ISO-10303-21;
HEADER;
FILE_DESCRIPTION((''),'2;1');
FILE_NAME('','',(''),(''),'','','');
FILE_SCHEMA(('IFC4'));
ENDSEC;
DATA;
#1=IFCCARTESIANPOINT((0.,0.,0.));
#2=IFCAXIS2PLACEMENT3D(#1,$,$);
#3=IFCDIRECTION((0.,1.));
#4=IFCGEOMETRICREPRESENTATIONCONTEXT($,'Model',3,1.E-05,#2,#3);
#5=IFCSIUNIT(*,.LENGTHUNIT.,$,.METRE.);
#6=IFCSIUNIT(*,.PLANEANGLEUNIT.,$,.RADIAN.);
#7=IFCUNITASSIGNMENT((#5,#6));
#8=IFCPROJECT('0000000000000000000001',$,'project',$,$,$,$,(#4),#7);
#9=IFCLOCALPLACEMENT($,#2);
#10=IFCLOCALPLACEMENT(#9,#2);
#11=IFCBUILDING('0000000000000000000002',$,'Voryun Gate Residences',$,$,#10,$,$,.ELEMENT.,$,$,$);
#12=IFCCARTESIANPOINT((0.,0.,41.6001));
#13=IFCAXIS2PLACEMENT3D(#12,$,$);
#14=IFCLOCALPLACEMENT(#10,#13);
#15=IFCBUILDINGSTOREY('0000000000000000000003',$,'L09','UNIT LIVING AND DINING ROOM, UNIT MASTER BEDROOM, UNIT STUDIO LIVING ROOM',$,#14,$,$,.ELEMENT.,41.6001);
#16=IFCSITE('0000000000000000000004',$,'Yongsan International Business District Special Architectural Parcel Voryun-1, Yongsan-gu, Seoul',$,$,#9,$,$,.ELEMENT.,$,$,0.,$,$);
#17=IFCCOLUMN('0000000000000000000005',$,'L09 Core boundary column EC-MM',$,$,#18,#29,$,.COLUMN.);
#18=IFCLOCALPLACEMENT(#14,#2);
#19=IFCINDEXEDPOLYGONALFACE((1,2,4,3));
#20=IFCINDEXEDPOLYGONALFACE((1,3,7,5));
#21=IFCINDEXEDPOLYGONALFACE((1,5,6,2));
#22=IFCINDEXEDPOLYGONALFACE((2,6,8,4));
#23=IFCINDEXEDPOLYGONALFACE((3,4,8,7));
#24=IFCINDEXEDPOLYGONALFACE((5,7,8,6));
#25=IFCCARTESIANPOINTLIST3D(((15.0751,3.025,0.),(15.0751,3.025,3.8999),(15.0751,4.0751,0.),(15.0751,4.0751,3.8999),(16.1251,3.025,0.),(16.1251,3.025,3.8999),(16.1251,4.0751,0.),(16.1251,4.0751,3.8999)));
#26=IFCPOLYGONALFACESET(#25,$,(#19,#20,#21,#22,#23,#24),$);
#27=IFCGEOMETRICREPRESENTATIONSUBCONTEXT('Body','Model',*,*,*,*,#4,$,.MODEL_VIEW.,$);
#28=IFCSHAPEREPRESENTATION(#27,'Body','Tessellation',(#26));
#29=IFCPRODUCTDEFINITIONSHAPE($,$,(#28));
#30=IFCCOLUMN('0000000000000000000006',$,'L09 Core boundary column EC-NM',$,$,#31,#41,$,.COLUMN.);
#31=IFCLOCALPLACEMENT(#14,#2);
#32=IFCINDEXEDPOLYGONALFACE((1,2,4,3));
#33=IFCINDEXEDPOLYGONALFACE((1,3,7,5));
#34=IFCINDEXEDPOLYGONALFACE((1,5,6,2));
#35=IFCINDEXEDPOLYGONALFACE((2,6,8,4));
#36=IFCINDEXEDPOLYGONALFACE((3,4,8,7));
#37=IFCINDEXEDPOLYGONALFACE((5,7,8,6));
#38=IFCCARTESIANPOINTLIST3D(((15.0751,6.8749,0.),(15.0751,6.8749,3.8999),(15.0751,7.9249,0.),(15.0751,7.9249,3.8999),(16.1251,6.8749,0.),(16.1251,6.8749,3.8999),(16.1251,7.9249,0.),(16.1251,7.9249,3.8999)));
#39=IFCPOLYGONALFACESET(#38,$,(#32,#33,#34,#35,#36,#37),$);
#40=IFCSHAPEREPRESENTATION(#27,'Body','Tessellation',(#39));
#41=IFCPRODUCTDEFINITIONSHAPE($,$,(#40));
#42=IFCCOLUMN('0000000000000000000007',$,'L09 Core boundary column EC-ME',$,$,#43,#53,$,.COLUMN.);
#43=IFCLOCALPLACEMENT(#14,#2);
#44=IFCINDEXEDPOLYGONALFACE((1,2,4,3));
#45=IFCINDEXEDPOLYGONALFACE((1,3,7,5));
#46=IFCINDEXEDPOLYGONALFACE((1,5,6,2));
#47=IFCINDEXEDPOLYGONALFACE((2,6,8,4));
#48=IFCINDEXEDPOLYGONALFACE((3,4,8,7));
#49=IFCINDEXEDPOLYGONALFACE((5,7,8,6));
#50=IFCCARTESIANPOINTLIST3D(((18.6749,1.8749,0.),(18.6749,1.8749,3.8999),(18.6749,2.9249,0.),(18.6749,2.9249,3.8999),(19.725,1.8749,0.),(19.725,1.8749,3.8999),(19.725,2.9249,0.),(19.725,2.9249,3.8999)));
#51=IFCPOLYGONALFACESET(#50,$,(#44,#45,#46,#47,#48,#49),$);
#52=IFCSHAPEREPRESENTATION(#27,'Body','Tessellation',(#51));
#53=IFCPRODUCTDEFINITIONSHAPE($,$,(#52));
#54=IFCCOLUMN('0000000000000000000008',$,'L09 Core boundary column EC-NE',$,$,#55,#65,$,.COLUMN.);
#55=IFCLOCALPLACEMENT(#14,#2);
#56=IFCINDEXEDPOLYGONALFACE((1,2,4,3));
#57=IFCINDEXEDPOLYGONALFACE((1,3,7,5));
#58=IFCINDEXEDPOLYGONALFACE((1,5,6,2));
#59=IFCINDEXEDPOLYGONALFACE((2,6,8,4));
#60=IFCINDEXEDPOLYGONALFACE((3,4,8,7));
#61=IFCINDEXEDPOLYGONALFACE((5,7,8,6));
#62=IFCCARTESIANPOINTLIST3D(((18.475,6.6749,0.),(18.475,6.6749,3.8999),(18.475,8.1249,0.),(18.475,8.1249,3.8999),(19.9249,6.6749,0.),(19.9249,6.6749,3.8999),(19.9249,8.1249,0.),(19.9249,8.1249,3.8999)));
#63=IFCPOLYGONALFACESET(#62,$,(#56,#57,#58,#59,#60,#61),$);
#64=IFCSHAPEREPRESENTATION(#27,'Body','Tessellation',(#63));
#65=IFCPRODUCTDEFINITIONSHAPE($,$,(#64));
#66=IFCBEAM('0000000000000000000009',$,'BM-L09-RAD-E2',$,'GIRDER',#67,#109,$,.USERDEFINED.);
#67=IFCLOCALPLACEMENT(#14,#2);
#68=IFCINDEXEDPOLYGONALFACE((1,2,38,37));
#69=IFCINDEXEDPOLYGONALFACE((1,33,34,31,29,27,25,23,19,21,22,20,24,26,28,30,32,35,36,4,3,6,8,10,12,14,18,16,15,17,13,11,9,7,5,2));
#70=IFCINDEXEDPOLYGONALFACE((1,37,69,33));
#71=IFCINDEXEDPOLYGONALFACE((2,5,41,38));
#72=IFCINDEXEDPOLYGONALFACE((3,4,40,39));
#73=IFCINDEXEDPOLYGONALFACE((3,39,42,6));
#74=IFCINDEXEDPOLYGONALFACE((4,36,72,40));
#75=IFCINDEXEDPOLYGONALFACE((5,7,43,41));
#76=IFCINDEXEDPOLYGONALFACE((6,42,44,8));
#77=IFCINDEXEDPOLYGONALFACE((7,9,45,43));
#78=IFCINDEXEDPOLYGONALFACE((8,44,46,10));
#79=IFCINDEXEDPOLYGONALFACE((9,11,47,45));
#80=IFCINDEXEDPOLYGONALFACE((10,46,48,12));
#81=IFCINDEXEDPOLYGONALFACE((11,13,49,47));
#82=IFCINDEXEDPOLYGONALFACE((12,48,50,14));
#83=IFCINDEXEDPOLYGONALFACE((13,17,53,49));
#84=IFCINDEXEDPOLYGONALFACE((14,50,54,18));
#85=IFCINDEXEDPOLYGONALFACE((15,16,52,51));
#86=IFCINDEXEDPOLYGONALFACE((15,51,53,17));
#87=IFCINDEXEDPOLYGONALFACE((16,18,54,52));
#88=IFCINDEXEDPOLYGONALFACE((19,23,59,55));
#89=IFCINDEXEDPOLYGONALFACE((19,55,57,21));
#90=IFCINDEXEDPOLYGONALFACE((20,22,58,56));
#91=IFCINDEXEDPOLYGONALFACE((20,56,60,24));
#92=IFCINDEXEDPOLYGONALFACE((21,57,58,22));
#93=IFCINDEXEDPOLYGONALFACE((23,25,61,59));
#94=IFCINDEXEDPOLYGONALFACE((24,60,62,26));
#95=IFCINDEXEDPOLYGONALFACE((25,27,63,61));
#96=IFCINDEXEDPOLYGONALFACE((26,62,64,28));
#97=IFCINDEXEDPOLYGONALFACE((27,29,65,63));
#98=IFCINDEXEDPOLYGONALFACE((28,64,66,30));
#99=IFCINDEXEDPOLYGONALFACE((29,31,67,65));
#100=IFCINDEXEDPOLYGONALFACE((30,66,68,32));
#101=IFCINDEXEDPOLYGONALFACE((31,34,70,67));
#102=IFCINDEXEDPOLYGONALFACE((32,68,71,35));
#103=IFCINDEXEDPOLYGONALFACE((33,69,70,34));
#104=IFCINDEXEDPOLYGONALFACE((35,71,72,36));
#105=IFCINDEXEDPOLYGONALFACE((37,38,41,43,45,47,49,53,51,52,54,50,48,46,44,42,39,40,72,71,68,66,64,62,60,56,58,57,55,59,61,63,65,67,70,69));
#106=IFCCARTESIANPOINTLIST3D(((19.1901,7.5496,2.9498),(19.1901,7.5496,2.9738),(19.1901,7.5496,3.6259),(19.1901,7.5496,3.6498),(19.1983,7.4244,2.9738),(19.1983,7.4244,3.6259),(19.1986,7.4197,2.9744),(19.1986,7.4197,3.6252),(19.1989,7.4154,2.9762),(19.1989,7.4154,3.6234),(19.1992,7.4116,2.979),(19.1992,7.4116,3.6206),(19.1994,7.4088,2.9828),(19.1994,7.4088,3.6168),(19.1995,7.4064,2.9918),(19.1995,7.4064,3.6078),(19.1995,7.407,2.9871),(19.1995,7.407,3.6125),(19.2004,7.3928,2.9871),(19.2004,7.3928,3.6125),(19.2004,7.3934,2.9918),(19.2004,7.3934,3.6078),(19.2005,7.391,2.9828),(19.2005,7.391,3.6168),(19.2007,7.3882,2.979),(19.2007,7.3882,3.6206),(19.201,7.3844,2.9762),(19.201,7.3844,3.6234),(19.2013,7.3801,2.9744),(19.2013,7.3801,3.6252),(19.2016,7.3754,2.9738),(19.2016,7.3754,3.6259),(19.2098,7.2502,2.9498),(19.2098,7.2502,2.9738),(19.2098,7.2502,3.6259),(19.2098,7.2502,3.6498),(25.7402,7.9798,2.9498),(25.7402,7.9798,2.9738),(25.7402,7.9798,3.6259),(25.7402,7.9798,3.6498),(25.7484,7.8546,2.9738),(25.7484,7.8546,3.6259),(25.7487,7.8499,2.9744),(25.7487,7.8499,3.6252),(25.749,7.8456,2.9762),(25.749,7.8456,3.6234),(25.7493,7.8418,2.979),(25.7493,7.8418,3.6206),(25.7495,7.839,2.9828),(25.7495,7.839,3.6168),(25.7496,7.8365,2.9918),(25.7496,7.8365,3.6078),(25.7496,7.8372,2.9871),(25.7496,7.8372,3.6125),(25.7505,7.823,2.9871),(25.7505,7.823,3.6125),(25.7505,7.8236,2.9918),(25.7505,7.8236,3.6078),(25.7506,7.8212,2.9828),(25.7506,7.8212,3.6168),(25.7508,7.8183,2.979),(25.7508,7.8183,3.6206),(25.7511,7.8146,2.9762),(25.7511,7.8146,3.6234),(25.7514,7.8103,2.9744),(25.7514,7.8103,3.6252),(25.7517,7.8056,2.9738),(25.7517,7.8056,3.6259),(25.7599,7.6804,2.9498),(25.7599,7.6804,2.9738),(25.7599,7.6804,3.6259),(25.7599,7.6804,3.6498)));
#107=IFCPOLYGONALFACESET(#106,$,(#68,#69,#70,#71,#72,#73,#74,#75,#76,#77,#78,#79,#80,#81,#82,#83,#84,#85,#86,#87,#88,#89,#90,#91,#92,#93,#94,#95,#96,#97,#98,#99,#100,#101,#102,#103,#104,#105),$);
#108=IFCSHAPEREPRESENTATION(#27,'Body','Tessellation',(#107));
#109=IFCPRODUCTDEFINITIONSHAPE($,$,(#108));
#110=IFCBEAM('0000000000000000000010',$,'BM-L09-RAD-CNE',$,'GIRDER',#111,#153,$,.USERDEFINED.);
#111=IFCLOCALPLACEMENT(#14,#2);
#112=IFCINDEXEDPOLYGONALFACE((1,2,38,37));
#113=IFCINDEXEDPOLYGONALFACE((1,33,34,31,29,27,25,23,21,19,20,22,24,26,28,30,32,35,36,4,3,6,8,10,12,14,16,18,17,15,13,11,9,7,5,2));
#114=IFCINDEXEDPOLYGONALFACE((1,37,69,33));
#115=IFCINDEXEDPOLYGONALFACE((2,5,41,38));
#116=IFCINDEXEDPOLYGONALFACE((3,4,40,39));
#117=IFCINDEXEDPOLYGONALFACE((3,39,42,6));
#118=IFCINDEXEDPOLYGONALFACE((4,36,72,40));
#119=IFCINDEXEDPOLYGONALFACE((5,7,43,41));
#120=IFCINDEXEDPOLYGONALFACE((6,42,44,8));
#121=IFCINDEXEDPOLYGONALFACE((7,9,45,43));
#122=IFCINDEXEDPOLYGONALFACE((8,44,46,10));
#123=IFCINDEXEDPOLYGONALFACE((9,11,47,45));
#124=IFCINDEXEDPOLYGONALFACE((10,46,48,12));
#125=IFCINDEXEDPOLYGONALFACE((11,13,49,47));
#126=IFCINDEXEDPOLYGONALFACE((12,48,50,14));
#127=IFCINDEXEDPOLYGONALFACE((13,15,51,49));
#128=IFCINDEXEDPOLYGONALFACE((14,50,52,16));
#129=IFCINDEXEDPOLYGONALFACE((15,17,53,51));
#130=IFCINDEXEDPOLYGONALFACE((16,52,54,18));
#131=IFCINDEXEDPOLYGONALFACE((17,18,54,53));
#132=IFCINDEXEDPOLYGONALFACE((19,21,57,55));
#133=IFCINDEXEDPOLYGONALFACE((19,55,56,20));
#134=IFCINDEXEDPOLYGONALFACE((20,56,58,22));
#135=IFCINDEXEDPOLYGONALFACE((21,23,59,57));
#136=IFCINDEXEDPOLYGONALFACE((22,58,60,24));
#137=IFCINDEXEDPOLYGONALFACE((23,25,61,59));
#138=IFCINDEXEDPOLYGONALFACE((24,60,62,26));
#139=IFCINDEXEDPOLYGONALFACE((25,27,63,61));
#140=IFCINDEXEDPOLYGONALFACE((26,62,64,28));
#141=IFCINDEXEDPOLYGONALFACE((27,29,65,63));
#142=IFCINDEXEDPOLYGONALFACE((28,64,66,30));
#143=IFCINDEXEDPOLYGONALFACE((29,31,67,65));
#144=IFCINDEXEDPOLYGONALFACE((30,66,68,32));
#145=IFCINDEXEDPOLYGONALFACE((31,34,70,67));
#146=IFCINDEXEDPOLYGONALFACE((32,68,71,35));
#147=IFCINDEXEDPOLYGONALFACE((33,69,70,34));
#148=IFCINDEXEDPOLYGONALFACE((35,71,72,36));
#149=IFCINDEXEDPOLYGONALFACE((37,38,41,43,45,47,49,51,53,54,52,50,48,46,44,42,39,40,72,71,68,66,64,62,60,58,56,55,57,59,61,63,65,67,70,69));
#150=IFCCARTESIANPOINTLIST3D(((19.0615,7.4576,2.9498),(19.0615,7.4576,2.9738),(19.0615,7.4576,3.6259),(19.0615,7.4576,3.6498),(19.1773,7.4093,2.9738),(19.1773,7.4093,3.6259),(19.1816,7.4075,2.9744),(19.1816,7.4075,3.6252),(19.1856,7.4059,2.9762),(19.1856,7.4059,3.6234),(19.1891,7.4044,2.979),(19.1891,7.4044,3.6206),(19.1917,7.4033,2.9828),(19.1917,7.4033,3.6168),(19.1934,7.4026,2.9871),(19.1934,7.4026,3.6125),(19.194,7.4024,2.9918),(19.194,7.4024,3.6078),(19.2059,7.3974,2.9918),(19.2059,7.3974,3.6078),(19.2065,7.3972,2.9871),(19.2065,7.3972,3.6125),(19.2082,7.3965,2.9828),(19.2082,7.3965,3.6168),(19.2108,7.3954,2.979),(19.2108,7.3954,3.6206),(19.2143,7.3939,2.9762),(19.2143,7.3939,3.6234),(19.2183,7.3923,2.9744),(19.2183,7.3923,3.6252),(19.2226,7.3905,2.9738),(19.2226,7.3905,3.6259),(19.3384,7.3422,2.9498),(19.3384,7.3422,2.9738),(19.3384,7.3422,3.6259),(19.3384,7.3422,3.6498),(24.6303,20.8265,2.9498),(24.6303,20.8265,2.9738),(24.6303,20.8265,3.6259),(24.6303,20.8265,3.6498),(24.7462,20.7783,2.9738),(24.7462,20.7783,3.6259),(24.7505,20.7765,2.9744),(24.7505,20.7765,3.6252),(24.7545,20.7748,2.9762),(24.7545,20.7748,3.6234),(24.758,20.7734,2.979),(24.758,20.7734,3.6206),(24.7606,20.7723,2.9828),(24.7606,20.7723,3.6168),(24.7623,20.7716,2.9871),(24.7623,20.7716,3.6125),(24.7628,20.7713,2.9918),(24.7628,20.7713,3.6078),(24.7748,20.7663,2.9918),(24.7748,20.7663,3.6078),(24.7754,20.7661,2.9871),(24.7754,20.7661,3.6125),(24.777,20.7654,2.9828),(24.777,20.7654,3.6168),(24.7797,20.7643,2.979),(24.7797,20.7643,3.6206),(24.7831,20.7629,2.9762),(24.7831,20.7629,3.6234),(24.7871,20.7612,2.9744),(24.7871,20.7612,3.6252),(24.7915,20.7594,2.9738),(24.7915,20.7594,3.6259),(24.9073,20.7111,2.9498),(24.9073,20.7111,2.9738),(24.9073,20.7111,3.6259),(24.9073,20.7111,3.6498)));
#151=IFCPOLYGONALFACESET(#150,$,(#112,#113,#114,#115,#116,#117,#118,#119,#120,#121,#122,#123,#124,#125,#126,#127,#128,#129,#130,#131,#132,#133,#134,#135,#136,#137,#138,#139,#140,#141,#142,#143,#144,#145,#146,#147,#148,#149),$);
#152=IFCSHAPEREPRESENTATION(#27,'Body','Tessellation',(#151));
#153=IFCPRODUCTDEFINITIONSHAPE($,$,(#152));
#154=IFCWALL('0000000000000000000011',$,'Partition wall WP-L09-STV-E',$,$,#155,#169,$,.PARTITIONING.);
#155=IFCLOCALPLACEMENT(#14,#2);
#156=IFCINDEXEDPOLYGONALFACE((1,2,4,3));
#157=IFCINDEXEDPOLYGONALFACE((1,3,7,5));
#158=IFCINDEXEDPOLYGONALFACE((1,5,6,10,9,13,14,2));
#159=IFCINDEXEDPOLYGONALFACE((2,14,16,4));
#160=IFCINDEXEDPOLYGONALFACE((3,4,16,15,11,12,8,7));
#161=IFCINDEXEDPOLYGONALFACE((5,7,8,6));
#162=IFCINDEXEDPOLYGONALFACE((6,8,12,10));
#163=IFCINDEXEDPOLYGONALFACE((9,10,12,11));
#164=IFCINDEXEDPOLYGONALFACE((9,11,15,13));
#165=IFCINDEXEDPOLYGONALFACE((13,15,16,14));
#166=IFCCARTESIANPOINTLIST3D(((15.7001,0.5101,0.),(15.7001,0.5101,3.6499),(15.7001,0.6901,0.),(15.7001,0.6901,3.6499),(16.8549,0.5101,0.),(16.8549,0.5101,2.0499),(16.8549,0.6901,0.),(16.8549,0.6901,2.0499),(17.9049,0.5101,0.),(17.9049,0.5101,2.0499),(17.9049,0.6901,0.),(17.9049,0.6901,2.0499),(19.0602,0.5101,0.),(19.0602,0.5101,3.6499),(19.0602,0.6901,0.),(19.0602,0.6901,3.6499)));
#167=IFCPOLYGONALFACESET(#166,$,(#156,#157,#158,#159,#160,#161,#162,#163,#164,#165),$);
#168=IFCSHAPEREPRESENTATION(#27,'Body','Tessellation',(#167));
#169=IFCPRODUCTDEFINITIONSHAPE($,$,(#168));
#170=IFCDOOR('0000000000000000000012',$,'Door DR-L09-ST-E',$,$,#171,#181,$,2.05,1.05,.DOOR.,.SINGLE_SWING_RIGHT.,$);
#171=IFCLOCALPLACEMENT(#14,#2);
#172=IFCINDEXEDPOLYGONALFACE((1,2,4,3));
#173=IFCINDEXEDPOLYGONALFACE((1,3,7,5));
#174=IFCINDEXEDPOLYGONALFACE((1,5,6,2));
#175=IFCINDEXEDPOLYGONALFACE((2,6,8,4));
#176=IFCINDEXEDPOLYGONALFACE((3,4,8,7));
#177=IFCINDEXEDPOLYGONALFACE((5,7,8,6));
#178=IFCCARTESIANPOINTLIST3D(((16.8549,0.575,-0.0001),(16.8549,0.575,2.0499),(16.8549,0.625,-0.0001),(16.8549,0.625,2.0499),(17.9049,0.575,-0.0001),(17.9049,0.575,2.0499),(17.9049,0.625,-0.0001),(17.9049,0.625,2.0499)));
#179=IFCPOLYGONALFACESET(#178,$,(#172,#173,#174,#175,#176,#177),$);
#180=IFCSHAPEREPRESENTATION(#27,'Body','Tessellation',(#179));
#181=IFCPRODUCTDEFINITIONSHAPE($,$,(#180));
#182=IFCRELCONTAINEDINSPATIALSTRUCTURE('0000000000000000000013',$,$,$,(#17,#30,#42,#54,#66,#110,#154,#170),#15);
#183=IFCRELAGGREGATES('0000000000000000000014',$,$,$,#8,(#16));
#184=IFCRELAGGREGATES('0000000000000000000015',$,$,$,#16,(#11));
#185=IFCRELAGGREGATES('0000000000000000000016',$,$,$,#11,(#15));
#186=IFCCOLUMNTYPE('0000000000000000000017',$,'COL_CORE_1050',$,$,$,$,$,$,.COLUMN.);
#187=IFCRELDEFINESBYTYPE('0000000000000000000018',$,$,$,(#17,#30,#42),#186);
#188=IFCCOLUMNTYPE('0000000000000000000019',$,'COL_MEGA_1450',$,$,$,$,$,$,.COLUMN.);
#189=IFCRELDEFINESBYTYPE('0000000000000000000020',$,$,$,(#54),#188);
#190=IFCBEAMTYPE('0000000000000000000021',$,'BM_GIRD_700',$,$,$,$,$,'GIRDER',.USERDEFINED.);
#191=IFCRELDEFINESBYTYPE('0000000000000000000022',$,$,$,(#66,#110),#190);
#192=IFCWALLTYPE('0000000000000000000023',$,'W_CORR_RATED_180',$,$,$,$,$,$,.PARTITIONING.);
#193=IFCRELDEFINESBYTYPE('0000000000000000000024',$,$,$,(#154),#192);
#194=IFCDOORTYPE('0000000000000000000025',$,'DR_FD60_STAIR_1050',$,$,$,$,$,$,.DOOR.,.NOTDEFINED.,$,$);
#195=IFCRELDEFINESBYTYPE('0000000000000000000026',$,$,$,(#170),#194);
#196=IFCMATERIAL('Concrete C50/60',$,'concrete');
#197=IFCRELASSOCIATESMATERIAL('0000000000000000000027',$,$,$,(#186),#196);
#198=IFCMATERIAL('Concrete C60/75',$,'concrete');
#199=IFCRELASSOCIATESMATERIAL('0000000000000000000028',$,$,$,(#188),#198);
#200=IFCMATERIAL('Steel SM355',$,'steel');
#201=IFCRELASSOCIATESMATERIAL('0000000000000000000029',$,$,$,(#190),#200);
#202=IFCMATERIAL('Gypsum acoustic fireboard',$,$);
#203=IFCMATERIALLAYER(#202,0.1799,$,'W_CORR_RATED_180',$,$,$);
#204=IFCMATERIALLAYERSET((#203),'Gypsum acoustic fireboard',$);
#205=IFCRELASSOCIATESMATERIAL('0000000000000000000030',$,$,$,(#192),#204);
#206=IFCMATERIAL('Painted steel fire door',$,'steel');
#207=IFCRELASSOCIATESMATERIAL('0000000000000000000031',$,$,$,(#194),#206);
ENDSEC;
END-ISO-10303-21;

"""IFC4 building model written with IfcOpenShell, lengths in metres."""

from ifc_helpers import new_model, si_unit, direction, frame, frame_2d, origin, origin_2d, place, context, subcontext, project, spatial, rectangle, i_section, extrude, material, layer, layer_set, material_profile, profile_set, type_object, element, fill, save


model = new_model("IFC4")

# Units and contexts
model_context = context("Model", 3, precision=1e-05, world=origin(), true_north=direction((0.0, 1.0)))
body_context = subcontext(model_context, "Body", "Model", "MODEL_VIEW")
ifc_project = project(units=[si_unit("LENGTHUNIT", "METRE"), si_unit("PLANEANGLEUNIT", "RADIAN")], contexts=[model_context])

# Site, building, storey
site_placement = place(None, origin())
site = spatial("IfcSite", under=ifc_project, at=site_placement, Name="Yongsan International Business District Special Architectural Parcel Voryun-1, Yongsan-gu, Seoul", CompositionType="ELEMENT", RefElevation=0.0)
building_placement = place(site_placement, origin())
building = spatial("IfcBuilding", under=site, at=building_placement, Name="Voryun Gate Residences", CompositionType="ELEMENT")
storey_placement = place(building_placement, frame((0.0, 0.0, 41.6001)))
storey = spatial("IfcBuildingStorey", under=building, at=storey_placement, Name="L09", Description="UNIT LIVING AND DINING ROOM, UNIT MASTER BEDROOM, UNIT STUDIO LIVING ROOM", CompositionType="ELEMENT", Elevation=41.6001)

# Columns
ifc_material_1 = material(Name="Concrete C50/60", Category="concrete")
ifc_material_profile_1 = material_profile(ifc_material_1, rectangle(XDim=1.05, YDim=1.05, at=origin_2d()), Name="RC-1050x1050")
ifc_profile_set_1 = profile_set([ifc_material_profile_1], Name="Concrete C50/60")
column_type_1 = type_object("IfcColumnType", Name="COL_CORE_1050", PredefinedType="COLUMN", material=ifc_profile_set_1)
for number, where, z_axis, x_axis, name in (
    (1, (15.6001, 3.55, 0.0), (0.0, 0.0, 1.0), (1.0, 0.0, 0.0), "L09 Core boundary column EC-MM"),
    (2, (15.6001, 7.3999, 0.0), (0.0, 0.0, 1.0), (1.0, 0.0, 0.0), "L09 Core boundary column EC-NM"),
    (3, (19.2, 2.3999, 0.0), (0.0, 0.0, 1.0), (1.0, 0.0, 0.0), "L09 Core boundary column EC-ME"),
):
    element("IfcColumn", number, at=place(storey_placement, frame(where, z_axis=z_axis, x_axis=x_axis)), inside=storey, type_object=column_type_1, Name=name, PredefinedType="COLUMN", context=body_context, shape_type="SweptSolid", body=[
        extrude(rectangle(XDim=1.05, YDim=1.05, at=origin_2d()), origin(), (0.0, 0.0, 1.0), 3.8999),
    ])
ifc_material_2 = material(Name="Concrete C60/75", Category="concrete")
ifc_material_profile_2 = material_profile(ifc_material_2, rectangle(XDim=1.45, YDim=1.45, at=origin_2d()), Name="RC-1450x1450")
ifc_profile_set_2 = profile_set([ifc_material_profile_2], Name="Concrete C60/75")
column_type_2 = type_object("IfcColumnType", Name="COL_MEGA_1450", PredefinedType="COLUMN", material=ifc_profile_set_2)
column_placement = place(storey_placement, frame((19.2, 7.3999, 0.0), z_axis=(0.0, 0.0, 1.0), x_axis=(1.0, 0.0, 0.0)))
element("IfcColumn", 4, at=column_placement, inside=storey, type_object=column_type_2, Name="L09 Core boundary column EC-NE", PredefinedType="COLUMN", context=body_context, shape_type="SweptSolid", body=[
    extrude(rectangle(XDim=1.45, YDim=1.45, at=origin_2d()), origin(), (0.0, 0.0, 1.0), 3.8999),
])

# Beams
ifc_material_3 = material(Name="Steel SM355", Category="steel")
ifc_material_profile_3 = material_profile(ifc_material_3, i_section(OverallWidth=0.3, OverallDepth=0.7, WebThickness=0.0129, FlangeThickness=0.0239, FilletRadius=0.0181, at=origin_2d()), Name="H-700x300x13x24")
ifc_profile_set_3 = profile_set([ifc_material_profile_3], Name="Steel SM355")
beam_type = type_object("IfcBeamType", Name="BM_GIRD_700", ElementType="GIRDER", PredefinedType="USERDEFINED", material=ifc_profile_set_3)
beam_1_placement = place(storey_placement, frame((19.2, 7.3999, 3.2998), z_axis=(0.99785, 0.065534, 0.0), x_axis=(-0.065534, 0.99785, 0.0)))
element("IfcBeam", 5, at=beam_1_placement, inside=storey, type_object=beam_type, Name="BM-L09-RAD-E2", ObjectType="GIRDER", PredefinedType="USERDEFINED", context=body_context, shape_type="SweptSolid", body=[
    extrude(i_section(OverallWidth=0.3, OverallDepth=0.7, WebThickness=0.0129, FlangeThickness=0.0239, FilletRadius=0.0181, at=origin_2d()), origin(), (0.0, 0.0, 1.0), 6.5642),
])
beam_2_placement = place(storey_placement, frame((19.2, 7.3999, 3.2998), z_axis=(0.384526, 0.923114, 0.0), x_axis=(-0.923114, 0.384526, 0.0)))
element("IfcBeam", 6, at=beam_2_placement, inside=storey, type_object=beam_type, Name="BM-L09-RAD-CNE", ObjectType="GIRDER", PredefinedType="USERDEFINED", context=body_context, shape_type="SweptSolid", body=[
    extrude(i_section(OverallWidth=0.3, OverallDepth=0.7, WebThickness=0.0129, FlangeThickness=0.0239, FilletRadius=0.0181, at=origin_2d()), origin(), (0.0, 0.0, 1.0), 14.4824),
])

# Wall, opening, door
ifc_material_4 = material(Name="Gypsum acoustic fireboard")
ifc_layer_1 = layer(ifc_material_4, 0.1799, Name="W_CORR_RATED_180")
ifc_layer_set_1 = layer_set([ifc_layer_1], Name="Gypsum acoustic fireboard")
wall_type_1 = type_object("IfcWallType", Name="W_CORR_RATED_180", PredefinedType="PARTITIONING", material=ifc_layer_set_1)
wall_1_placement = place(storey_placement, frame((15.7, 0.6001, 0.0), z_axis=(0.0, 0.0, 1.0), x_axis=(1.0, 0.0, 0.0)))
wall_1 = element("IfcWall", 7, at=wall_1_placement, inside=storey, type_object=wall_type_1, Name="Partition wall WP-L09-STV-E", PredefinedType="PARTITIONING", context=body_context, shape_type="SweptSolid", body=[
    extrude(rectangle(XDim=3.3601, YDim=0.1799, at=frame_2d((1.6802, 0.0))), origin(), (0.0, 0.0, 1.0), 3.6499),
])
opening_1_placement = place(wall_1_placement, frame((1.155, 0.0, 0.0)))
opening_1 = element("IfcOpeningElement", 8, at=opening_1_placement, cuts=wall_1, PredefinedType="OPENING", context=body_context, shape_type="SweptSolid", body=[
    extrude(rectangle(XDim=1.05, YDim=2.05, at=frame_2d((0.5249, 1.0249))), frame((0.0, 0.0999, 0.0), z_axis=(0.0, -1.0, 0.0), x_axis=(1.0, 0.0, 0.0)), (0.0, 0.0, 1.0), 0.2),
])
ifc_material_5 = material(Name="Painted steel fire door", Category="steel")
door_type_1 = type_object("IfcDoorType", Name="DR_FD60_STAIR_1050", OperationType="NOTDEFINED", PredefinedType="DOOR", material=ifc_material_5)
door_1_placement = place(opening_1_placement, origin())
door_1 = element("IfcDoor", 9, at=door_1_placement, inside=storey, type_object=door_type_1, Name="Door DR-L09-ST-E", OperationType="SINGLE_SWING_RIGHT", OverallHeight=2.05, OverallWidth=1.05, PredefinedType="DOOR", context=body_context, shape_type="SweptSolid", body=[
    extrude(rectangle(XDim=1.05, YDim=2.05, at=frame_2d((0.5249, 1.0249))), frame((0.0, 0.0249, 0.0), z_axis=(0.0, -1.0, 0.0), x_axis=(1.0, 0.0, 0.0)), (0.0, 0.0, 1.0), 0.05),
])
fill(opening_1, door_1)

save(model, "model.ifc")
